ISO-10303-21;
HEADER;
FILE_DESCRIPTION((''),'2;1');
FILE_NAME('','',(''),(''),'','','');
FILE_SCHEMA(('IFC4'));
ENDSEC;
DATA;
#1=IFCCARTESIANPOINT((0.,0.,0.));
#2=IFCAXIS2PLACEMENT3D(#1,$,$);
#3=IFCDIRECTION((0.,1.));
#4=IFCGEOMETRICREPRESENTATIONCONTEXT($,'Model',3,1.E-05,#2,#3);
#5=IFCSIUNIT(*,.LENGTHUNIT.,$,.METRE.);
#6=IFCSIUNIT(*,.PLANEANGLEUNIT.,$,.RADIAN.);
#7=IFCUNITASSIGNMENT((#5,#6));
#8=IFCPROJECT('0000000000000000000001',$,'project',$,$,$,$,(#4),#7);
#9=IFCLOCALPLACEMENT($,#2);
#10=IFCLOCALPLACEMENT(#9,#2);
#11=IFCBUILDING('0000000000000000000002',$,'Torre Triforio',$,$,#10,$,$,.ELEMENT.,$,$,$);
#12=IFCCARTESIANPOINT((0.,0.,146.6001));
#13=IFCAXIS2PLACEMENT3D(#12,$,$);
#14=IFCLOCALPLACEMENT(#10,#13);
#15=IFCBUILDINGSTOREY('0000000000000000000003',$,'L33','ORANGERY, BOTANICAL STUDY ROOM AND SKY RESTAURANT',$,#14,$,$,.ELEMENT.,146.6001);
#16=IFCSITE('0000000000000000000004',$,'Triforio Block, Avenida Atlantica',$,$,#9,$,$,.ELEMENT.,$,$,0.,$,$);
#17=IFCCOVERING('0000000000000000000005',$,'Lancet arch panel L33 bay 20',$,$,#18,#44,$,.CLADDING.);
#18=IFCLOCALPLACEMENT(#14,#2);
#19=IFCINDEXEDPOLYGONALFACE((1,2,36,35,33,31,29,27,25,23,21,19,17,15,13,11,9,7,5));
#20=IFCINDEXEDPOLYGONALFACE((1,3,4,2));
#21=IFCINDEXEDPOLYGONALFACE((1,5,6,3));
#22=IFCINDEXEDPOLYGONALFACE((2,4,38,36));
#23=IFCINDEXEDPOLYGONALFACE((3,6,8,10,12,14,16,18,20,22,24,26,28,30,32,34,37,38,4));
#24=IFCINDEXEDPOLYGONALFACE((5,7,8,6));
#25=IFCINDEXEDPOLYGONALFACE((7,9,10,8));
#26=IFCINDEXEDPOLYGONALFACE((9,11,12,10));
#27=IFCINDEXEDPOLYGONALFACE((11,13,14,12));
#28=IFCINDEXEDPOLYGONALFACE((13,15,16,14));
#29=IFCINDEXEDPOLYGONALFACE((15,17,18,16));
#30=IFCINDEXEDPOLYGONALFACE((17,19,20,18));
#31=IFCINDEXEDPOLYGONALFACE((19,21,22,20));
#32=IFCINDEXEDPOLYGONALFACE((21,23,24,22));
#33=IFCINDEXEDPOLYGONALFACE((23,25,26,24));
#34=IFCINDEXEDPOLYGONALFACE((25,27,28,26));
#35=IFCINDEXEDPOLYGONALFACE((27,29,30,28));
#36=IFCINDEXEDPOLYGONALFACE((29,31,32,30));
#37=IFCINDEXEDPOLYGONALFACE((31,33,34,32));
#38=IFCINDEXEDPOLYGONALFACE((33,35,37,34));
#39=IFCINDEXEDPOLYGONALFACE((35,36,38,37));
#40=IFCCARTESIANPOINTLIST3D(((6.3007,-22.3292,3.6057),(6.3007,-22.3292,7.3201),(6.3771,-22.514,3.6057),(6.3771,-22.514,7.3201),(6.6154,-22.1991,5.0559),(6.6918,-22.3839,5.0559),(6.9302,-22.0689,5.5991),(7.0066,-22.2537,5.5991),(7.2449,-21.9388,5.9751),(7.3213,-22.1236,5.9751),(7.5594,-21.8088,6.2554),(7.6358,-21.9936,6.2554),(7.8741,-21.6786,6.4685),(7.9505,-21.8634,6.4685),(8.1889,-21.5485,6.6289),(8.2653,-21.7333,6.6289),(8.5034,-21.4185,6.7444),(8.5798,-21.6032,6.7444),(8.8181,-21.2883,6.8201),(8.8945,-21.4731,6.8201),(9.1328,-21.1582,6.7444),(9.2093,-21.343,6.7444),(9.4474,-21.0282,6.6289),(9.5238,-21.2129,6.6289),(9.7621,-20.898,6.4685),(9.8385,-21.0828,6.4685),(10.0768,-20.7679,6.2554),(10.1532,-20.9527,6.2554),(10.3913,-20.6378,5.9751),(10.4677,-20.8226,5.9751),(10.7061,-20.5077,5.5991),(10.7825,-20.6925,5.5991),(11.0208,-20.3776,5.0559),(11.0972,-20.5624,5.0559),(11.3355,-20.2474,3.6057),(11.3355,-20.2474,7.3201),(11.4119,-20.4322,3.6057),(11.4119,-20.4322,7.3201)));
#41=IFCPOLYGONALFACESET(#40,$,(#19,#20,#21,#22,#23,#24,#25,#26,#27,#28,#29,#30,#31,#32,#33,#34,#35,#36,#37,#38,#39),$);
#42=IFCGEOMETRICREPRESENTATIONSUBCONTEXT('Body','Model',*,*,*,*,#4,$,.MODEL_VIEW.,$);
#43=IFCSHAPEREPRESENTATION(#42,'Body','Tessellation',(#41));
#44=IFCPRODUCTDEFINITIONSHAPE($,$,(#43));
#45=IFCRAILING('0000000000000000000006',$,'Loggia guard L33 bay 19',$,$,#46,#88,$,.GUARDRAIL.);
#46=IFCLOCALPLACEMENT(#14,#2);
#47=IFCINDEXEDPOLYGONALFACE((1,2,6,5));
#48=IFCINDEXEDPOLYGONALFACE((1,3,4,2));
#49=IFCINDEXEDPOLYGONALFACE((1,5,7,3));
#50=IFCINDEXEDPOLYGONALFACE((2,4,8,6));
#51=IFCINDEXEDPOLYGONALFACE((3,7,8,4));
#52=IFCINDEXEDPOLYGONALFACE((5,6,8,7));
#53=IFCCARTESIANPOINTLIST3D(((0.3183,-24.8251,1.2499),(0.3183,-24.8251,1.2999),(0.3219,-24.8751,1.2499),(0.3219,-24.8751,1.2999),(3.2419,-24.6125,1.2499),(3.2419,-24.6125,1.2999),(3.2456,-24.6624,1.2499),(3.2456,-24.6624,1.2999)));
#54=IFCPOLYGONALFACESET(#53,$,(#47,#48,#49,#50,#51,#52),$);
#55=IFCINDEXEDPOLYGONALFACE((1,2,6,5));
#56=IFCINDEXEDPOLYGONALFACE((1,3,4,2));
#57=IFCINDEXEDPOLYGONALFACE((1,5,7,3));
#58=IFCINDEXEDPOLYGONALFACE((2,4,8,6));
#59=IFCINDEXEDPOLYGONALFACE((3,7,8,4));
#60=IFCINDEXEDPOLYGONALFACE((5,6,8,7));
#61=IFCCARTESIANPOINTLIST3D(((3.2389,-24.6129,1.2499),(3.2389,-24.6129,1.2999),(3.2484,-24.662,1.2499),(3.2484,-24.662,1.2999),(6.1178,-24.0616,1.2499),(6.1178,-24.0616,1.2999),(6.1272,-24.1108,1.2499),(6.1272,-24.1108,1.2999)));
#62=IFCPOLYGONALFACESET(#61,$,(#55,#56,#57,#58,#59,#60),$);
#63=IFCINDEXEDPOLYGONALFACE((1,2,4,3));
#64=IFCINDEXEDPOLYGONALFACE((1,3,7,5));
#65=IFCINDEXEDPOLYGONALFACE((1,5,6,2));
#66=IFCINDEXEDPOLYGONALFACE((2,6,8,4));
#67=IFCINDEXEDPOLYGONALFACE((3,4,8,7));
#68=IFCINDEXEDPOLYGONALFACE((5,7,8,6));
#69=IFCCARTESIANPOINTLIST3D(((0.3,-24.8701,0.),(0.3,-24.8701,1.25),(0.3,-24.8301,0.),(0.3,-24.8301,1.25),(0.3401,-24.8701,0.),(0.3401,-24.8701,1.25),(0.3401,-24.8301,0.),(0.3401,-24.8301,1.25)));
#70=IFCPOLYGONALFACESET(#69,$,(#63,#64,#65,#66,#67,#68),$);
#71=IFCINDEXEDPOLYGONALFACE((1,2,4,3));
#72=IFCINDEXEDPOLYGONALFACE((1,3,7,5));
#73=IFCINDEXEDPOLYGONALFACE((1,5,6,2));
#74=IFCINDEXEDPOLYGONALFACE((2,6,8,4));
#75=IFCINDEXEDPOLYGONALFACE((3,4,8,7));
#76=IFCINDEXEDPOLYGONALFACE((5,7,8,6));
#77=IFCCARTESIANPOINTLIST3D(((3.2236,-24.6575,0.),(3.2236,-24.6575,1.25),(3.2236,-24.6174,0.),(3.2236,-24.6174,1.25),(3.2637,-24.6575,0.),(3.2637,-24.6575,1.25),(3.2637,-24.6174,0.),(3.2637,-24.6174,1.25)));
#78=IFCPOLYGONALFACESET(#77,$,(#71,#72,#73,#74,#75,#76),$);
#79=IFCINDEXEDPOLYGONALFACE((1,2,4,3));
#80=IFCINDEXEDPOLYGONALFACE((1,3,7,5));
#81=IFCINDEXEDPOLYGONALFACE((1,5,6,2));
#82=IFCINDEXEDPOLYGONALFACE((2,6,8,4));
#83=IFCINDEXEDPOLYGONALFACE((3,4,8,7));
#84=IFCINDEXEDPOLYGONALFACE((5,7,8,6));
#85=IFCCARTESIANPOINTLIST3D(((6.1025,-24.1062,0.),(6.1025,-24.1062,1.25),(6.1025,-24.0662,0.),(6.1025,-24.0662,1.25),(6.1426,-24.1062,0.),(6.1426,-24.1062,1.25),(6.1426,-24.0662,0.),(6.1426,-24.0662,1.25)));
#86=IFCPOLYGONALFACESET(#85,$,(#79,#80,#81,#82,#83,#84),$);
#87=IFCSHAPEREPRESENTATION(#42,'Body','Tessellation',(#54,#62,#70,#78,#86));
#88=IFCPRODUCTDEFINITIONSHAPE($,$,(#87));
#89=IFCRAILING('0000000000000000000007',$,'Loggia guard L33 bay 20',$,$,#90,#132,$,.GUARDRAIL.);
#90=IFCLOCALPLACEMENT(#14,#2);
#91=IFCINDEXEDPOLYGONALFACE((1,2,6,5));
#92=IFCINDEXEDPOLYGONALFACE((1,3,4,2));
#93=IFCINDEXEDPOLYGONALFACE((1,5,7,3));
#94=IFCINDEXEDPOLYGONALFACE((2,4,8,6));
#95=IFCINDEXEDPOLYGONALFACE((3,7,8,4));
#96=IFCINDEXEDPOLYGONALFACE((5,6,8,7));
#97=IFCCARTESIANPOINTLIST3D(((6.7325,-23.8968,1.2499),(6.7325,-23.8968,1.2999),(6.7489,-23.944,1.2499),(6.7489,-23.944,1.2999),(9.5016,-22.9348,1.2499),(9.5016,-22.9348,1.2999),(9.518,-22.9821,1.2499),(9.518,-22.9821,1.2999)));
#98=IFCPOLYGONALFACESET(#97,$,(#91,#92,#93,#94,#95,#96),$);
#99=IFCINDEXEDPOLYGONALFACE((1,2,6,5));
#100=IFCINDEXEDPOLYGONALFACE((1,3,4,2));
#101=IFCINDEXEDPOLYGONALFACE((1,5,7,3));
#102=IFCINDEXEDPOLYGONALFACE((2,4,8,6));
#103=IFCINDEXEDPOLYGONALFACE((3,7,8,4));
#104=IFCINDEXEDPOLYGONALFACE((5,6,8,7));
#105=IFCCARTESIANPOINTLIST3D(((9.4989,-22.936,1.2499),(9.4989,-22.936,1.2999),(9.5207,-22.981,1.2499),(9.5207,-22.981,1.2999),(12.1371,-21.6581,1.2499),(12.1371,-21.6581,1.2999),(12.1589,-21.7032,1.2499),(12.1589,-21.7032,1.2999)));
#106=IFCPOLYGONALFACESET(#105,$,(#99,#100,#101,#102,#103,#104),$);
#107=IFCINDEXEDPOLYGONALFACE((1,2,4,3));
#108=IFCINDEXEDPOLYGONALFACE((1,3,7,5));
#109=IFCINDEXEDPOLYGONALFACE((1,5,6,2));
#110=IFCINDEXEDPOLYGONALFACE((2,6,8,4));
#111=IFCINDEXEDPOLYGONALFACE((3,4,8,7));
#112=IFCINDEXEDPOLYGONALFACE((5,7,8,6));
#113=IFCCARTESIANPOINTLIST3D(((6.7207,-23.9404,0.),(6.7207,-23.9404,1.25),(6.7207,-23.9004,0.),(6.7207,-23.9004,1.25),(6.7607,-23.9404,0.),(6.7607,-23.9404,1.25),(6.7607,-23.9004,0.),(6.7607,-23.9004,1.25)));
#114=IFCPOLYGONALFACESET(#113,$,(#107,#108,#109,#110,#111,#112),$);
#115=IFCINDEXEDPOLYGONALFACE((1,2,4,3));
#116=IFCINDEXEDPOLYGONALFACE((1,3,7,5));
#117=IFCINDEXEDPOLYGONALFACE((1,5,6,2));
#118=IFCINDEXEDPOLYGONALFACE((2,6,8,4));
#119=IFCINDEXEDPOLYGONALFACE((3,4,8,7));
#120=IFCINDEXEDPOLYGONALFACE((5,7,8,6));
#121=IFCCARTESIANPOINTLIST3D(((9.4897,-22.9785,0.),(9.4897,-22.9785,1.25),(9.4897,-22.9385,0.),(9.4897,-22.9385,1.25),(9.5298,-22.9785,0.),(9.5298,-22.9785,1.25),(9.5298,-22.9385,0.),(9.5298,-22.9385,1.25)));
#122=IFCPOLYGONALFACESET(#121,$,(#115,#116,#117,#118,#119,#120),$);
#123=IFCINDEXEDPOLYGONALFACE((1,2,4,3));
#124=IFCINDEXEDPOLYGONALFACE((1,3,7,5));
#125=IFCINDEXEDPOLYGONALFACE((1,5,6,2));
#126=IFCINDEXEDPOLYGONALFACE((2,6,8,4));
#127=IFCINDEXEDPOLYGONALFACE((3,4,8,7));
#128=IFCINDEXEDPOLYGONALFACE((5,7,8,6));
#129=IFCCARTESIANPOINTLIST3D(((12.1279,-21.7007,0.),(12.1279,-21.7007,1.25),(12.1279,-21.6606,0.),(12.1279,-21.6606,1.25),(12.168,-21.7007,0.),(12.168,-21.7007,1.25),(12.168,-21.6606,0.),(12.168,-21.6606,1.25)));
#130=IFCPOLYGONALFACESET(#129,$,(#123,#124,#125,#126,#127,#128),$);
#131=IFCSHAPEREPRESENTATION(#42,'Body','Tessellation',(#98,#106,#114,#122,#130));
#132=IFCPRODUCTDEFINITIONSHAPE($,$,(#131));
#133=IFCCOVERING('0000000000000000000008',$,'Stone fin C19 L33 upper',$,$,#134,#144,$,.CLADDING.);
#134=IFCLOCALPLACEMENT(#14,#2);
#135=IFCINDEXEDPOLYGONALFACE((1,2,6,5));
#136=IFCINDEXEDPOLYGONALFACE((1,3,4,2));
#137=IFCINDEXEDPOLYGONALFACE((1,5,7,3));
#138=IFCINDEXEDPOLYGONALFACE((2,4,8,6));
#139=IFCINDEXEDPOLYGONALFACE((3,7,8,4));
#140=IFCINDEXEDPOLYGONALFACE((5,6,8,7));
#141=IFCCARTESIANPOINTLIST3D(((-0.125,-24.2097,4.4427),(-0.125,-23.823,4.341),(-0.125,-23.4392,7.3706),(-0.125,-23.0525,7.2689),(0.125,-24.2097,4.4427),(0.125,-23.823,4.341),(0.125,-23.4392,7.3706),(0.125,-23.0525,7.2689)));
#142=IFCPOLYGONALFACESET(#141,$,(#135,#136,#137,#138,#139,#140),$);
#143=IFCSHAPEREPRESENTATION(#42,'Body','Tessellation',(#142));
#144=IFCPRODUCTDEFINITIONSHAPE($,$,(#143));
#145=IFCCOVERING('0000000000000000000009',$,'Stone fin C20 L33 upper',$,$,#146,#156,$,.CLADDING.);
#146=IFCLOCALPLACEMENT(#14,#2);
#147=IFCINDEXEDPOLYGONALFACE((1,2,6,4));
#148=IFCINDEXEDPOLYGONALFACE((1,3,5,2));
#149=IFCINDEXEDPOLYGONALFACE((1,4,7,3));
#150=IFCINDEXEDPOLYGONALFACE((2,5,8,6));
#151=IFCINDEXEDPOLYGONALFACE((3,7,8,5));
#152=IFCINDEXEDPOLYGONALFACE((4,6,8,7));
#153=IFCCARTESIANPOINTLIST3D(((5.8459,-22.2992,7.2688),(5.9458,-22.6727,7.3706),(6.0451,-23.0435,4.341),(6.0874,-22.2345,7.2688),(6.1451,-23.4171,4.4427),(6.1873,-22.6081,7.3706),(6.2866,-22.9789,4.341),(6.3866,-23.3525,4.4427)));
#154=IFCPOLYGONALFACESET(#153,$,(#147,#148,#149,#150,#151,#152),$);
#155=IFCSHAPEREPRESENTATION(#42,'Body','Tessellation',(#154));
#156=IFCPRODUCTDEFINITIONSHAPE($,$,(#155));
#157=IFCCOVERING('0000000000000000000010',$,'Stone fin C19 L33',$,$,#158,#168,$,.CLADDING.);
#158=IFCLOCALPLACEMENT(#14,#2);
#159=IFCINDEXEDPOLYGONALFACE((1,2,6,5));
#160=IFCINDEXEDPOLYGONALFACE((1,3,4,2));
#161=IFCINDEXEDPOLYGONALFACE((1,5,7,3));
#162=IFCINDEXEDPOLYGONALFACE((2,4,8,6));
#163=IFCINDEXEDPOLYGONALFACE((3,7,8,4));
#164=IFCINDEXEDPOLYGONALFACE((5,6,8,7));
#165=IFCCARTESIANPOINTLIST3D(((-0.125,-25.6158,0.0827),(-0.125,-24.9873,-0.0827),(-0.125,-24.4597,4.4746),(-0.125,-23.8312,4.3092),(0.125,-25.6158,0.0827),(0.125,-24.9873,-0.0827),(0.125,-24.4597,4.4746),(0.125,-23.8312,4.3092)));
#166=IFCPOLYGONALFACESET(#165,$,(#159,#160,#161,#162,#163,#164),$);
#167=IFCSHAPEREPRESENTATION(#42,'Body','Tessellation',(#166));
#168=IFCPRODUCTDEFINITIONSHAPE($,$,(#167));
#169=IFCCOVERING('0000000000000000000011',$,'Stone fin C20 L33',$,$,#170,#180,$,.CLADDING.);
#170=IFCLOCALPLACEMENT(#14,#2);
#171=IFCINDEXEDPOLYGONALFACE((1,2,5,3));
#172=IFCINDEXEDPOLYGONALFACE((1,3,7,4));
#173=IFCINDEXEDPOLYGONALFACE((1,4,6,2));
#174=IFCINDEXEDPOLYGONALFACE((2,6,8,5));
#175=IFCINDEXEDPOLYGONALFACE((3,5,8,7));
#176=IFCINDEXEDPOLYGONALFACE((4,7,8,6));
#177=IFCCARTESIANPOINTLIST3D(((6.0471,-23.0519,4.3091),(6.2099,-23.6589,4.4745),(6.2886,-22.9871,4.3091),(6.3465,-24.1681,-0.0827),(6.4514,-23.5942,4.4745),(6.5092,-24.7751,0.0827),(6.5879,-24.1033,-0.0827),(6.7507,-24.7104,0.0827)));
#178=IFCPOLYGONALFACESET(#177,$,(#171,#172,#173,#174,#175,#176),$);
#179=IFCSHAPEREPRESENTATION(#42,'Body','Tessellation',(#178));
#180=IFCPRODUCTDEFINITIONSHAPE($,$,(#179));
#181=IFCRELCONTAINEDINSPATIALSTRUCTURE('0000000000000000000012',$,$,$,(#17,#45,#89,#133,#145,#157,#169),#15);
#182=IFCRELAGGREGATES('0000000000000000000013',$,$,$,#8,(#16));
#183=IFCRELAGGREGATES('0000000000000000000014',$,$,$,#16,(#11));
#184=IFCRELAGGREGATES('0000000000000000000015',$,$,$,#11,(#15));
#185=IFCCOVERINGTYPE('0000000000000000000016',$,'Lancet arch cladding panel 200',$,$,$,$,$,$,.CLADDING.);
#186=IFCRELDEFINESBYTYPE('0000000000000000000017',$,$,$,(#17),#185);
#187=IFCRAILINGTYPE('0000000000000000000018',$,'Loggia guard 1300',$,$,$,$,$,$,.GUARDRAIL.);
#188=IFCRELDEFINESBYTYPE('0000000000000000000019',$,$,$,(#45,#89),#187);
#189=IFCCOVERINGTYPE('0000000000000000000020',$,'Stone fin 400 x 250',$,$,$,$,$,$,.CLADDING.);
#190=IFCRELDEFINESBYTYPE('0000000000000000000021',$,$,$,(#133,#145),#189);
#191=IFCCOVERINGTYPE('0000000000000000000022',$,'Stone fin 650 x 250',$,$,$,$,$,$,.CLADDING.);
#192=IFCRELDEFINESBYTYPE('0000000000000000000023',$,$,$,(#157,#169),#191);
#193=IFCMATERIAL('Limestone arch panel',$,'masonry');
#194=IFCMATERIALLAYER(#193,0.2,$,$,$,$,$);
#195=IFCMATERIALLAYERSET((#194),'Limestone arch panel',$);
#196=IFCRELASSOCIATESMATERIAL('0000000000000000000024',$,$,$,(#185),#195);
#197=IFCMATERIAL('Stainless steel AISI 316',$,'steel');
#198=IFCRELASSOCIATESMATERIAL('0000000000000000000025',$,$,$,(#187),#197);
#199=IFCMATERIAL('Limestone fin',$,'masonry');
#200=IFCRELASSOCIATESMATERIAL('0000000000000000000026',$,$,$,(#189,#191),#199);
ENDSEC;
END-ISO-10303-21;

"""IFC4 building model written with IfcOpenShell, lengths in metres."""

from ifc_helpers import new_model, si_unit, direction, frame, origin, origin_2d, place, context, subcontext, project, spatial, polyline, rectangle, outline, extrude, material, layer, layer_set, material_profile, profile_set, type_object, element, save


model = new_model("IFC4")

# Units and contexts
model_context = context("Model", 3, precision=1e-05, world=origin(), true_north=direction((0.0, 1.0)))
body_context = subcontext(model_context, "Body", "Model", "MODEL_VIEW")
ifc_project = project(units=[si_unit("LENGTHUNIT", "METRE"), si_unit("PLANEANGLEUNIT", "RADIAN")], contexts=[model_context])

# Site, building, storey
site_placement = place(None, origin())
site = spatial("IfcSite", under=ifc_project, at=site_placement, Name="Triforio Block, Avenida Atlantica", CompositionType="ELEMENT", RefElevation=0.0)
building_placement = place(site_placement, origin())
building = spatial("IfcBuilding", under=site, at=building_placement, Name="Torre Triforio", CompositionType="ELEMENT")
storey_placement = place(building_placement, frame((0.0, 0.0, 146.6001)))
storey = spatial("IfcBuildingStorey", under=building, at=storey_placement, Name="L33", Description="ORANGERY, BOTANICAL STUDY ROOM AND SKY RESTAURANT", CompositionType="ELEMENT", Elevation=146.6001)

# Covering
ifc_material_1 = material(Name="Limestone arch panel", Category="masonry")
ifc_layer_1 = layer(ifc_material_1, 0.2)
ifc_layer_set_1 = layer_set([ifc_layer_1], Name="Limestone arch panel")
covering_type_1 = type_object("IfcCoveringType", Name="Lancet arch cladding panel 200", PredefinedType="CLADDING", material=ifc_layer_set_1)
covering_1_placement = place(storey_placement, frame((8.8181, -21.2883, 0.0), z_axis=(0.3821, -0.924121, 0.0), x_axis=(0.924121, 0.3821, 0.0)))
element("IfcCovering", 1, at=covering_1_placement, inside=storey, type_object=covering_type_1, Name="Lancet arch panel L33 bay 20", PredefinedType="CLADDING", context=body_context, shape_type="SweptSolid", body=[
    extrude(outline(polyline([(-2.7241, 7.3201), (-2.7241, 3.6057), (-2.3835, 5.0559), (-2.043, 5.5991), (-1.7024, 5.9751), (-1.3621, 6.2554), (-1.0215, 6.4685), (-0.6809, 6.6289), (-0.3406, 6.7444), (0.0, 6.8201), (0.3406, 6.7444), (0.6809, 6.6289), (1.0215, 6.4685), (1.3621, 6.2554), (1.7024, 5.9751), (2.043, 5.5991), (2.3835, 5.0559), (2.7241, 3.6057), (2.7241, 7.3201), (-2.7241, 7.3201)])), origin(), (0.0, 0.0, 1.0), 0.2),
])

# Railings
ifc_material_2 = material(Name="Stainless steel AISI 316", Category="steel")
railing_type = type_object("IfcRailingType", Name="Loggia guard 1300", PredefinedType="GUARDRAIL", material=ifc_material_2)
railing_1_placement = place(storey_placement, frame((0.3201, -24.8501, 0.0)))
element("IfcRailing", 2, at=railing_1_placement, inside=storey, type_object=railing_type, Name="Loggia guard L33 bay 19", PredefinedType="GUARDRAIL", context=body_context, shape_type="SweptSolid", body=[
    extrude(rectangle(XDim=0.05, YDim=0.05, at=origin_2d()), frame((0.0, 0.0, 1.2749), z_axis=(0.997365, 0.072543, 0.0), x_axis=(-0.072543, 0.997365, 0.0)), (0.0, 0.0, 1.0), 2.9314),
    extrude(rectangle(XDim=0.05, YDim=0.05, at=origin_2d()), frame((2.9236, 0.2126, 1.2749), z_axis=(0.982156, 0.188069, 0.0), x_axis=(-0.188069, 0.982156, 0.0)), (0.0, 0.0, 1.0), 2.9312),
    extrude(rectangle(XDim=0.04, YDim=0.04, at=origin_2d()), origin(), (0.0, 0.0, 1.0), 1.25),
    extrude(rectangle(XDim=0.04, YDim=0.04, at=origin_2d()), frame((2.9236, 0.2126, 0.0)), (0.0, 0.0, 1.0), 1.25),
    extrude(rectangle(XDim=0.04, YDim=0.04, at=origin_2d()), frame((5.8025, 0.7639, 0.0)), (0.0, 0.0, 1.0), 1.25),
])
railing_2_placement = place(storey_placement, frame((6.7407, -23.9204, 0.0)))
element("IfcRailing", 3, at=railing_2_placement, inside=storey, type_object=railing_type, Name="Loggia guard L33 bay 20", PredefinedType="GUARDRAIL", context=body_context, shape_type="SweptSolid", body=[
    extrude(rectangle(XDim=0.05, YDim=0.05, at=origin_2d()), frame((0.0, 0.0, 1.2749), z_axis=(0.944627, 0.328146, 0.0), x_axis=(-0.328146, 0.944627, 0.0)), (0.0, 0.0, 1.0), 2.9314),
    extrude(rectangle(XDim=0.05, YDim=0.05, at=origin_2d()), frame((2.769, 0.9619, 1.2749), z_axis=(0.899986, 0.435918, 0.0), x_axis=(-0.435918, 0.899986, 0.0)), (0.0, 0.0, 1.0), 2.9314),
    extrude(rectangle(XDim=0.04, YDim=0.04, at=origin_2d()), origin(), (0.0, 0.0, 1.0), 1.25),
    extrude(rectangle(XDim=0.04, YDim=0.04, at=origin_2d()), frame((2.769, 0.9619, 0.0)), (0.0, 0.0, 1.0), 1.25),
    extrude(rectangle(XDim=0.04, YDim=0.04, at=origin_2d()), frame((5.4072, 2.2397, 0.0)), (0.0, 0.0, 1.0), 1.25),
])

# Coverings
ifc_material_3 = material(Name="Limestone fin", Category="masonry")
ifc_material_profile_1 = material_profile(ifc_material_3, rectangle(XDim=0.3999, YDim=0.25, at=origin_2d()), Name="FIN 400x250")
ifc_profile_set_1 = profile_set([ifc_material_profile_1], Name="Limestone fin")
covering_type_2 = type_object("IfcCoveringType", Name="Stone fin 400 x 250", PredefinedType="CLADDING", material=ifc_profile_set_1)
for number, where, z_axis, x_axis, name in (
    (4, (0.0, -24.0164, 4.3918), (0.0, 0.254489, 0.967076), (0.0, -0.967076, 0.254489), "Stone fin C19 L33 upper"),
    (5, (6.2158, -23.198, 4.3918), (-0.065799, 0.24586, 0.96707), (0.250017, -0.934192, 0.254512), "Stone fin C20 L33 upper"),
):
    element("IfcCovering", number, at=place(storey_placement, frame(where, z_axis=z_axis, x_axis=x_axis)), inside=storey, type_object=covering_type_2, Name=name, PredefinedType="CLADDING", context=body_context, shape_type="SweptSolid", body=[
        extrude(rectangle(XDim=0.3999, YDim=0.25, at=origin_2d()), origin(), (0.0, 0.0, 1.0), 3.0276),
    ])
ifc_material_profile_2 = material_profile(ifc_material_3, rectangle(XDim=0.6499, YDim=0.25, at=origin_2d()), Name="FIN 650x250")
ifc_profile_set_2 = profile_set([ifc_material_profile_2], Name="Limestone fin")
covering_type_3 = type_object("IfcCoveringType", Name="Stone fin 650 x 250", PredefinedType="CLADDING", material=ifc_profile_set_2)
covering_2_placement = place(storey_placement, frame((0.0, -25.3015, 0.0), z_axis=(0.0, 0.254546, 0.967061), x_axis=(0.0, -0.967061, 0.254546)))
element("IfcCovering", 6, at=covering_2_placement, inside=storey, type_object=covering_type_3, Name="Stone fin C19 L33", PredefinedType="CLADDING", context=body_context, shape_type="SweptSolid", body=[
    extrude(rectangle(XDim=0.6499, YDim=0.25, at=origin_2d()), origin(), (0.0, 0.0, 1.0), 4.5415),
])
covering_3_placement = place(storey_placement, frame((6.5486, -24.4392, 0.0), z_axis=(-0.065909, 0.245789, 0.96708), x_axis=(0.250477, -0.93408, 0.254472)))
element("IfcCovering", 7, at=covering_3_placement, inside=storey, type_object=covering_type_3, Name="Stone fin C20 L33", PredefinedType="CLADDING", context=body_context, shape_type="SweptSolid", body=[
    extrude(rectangle(XDim=0.6499, YDim=0.25, at=origin_2d()), origin(), (0.0, 0.0, 1.0), 4.5413),
])

save(model, "model.ifc")
